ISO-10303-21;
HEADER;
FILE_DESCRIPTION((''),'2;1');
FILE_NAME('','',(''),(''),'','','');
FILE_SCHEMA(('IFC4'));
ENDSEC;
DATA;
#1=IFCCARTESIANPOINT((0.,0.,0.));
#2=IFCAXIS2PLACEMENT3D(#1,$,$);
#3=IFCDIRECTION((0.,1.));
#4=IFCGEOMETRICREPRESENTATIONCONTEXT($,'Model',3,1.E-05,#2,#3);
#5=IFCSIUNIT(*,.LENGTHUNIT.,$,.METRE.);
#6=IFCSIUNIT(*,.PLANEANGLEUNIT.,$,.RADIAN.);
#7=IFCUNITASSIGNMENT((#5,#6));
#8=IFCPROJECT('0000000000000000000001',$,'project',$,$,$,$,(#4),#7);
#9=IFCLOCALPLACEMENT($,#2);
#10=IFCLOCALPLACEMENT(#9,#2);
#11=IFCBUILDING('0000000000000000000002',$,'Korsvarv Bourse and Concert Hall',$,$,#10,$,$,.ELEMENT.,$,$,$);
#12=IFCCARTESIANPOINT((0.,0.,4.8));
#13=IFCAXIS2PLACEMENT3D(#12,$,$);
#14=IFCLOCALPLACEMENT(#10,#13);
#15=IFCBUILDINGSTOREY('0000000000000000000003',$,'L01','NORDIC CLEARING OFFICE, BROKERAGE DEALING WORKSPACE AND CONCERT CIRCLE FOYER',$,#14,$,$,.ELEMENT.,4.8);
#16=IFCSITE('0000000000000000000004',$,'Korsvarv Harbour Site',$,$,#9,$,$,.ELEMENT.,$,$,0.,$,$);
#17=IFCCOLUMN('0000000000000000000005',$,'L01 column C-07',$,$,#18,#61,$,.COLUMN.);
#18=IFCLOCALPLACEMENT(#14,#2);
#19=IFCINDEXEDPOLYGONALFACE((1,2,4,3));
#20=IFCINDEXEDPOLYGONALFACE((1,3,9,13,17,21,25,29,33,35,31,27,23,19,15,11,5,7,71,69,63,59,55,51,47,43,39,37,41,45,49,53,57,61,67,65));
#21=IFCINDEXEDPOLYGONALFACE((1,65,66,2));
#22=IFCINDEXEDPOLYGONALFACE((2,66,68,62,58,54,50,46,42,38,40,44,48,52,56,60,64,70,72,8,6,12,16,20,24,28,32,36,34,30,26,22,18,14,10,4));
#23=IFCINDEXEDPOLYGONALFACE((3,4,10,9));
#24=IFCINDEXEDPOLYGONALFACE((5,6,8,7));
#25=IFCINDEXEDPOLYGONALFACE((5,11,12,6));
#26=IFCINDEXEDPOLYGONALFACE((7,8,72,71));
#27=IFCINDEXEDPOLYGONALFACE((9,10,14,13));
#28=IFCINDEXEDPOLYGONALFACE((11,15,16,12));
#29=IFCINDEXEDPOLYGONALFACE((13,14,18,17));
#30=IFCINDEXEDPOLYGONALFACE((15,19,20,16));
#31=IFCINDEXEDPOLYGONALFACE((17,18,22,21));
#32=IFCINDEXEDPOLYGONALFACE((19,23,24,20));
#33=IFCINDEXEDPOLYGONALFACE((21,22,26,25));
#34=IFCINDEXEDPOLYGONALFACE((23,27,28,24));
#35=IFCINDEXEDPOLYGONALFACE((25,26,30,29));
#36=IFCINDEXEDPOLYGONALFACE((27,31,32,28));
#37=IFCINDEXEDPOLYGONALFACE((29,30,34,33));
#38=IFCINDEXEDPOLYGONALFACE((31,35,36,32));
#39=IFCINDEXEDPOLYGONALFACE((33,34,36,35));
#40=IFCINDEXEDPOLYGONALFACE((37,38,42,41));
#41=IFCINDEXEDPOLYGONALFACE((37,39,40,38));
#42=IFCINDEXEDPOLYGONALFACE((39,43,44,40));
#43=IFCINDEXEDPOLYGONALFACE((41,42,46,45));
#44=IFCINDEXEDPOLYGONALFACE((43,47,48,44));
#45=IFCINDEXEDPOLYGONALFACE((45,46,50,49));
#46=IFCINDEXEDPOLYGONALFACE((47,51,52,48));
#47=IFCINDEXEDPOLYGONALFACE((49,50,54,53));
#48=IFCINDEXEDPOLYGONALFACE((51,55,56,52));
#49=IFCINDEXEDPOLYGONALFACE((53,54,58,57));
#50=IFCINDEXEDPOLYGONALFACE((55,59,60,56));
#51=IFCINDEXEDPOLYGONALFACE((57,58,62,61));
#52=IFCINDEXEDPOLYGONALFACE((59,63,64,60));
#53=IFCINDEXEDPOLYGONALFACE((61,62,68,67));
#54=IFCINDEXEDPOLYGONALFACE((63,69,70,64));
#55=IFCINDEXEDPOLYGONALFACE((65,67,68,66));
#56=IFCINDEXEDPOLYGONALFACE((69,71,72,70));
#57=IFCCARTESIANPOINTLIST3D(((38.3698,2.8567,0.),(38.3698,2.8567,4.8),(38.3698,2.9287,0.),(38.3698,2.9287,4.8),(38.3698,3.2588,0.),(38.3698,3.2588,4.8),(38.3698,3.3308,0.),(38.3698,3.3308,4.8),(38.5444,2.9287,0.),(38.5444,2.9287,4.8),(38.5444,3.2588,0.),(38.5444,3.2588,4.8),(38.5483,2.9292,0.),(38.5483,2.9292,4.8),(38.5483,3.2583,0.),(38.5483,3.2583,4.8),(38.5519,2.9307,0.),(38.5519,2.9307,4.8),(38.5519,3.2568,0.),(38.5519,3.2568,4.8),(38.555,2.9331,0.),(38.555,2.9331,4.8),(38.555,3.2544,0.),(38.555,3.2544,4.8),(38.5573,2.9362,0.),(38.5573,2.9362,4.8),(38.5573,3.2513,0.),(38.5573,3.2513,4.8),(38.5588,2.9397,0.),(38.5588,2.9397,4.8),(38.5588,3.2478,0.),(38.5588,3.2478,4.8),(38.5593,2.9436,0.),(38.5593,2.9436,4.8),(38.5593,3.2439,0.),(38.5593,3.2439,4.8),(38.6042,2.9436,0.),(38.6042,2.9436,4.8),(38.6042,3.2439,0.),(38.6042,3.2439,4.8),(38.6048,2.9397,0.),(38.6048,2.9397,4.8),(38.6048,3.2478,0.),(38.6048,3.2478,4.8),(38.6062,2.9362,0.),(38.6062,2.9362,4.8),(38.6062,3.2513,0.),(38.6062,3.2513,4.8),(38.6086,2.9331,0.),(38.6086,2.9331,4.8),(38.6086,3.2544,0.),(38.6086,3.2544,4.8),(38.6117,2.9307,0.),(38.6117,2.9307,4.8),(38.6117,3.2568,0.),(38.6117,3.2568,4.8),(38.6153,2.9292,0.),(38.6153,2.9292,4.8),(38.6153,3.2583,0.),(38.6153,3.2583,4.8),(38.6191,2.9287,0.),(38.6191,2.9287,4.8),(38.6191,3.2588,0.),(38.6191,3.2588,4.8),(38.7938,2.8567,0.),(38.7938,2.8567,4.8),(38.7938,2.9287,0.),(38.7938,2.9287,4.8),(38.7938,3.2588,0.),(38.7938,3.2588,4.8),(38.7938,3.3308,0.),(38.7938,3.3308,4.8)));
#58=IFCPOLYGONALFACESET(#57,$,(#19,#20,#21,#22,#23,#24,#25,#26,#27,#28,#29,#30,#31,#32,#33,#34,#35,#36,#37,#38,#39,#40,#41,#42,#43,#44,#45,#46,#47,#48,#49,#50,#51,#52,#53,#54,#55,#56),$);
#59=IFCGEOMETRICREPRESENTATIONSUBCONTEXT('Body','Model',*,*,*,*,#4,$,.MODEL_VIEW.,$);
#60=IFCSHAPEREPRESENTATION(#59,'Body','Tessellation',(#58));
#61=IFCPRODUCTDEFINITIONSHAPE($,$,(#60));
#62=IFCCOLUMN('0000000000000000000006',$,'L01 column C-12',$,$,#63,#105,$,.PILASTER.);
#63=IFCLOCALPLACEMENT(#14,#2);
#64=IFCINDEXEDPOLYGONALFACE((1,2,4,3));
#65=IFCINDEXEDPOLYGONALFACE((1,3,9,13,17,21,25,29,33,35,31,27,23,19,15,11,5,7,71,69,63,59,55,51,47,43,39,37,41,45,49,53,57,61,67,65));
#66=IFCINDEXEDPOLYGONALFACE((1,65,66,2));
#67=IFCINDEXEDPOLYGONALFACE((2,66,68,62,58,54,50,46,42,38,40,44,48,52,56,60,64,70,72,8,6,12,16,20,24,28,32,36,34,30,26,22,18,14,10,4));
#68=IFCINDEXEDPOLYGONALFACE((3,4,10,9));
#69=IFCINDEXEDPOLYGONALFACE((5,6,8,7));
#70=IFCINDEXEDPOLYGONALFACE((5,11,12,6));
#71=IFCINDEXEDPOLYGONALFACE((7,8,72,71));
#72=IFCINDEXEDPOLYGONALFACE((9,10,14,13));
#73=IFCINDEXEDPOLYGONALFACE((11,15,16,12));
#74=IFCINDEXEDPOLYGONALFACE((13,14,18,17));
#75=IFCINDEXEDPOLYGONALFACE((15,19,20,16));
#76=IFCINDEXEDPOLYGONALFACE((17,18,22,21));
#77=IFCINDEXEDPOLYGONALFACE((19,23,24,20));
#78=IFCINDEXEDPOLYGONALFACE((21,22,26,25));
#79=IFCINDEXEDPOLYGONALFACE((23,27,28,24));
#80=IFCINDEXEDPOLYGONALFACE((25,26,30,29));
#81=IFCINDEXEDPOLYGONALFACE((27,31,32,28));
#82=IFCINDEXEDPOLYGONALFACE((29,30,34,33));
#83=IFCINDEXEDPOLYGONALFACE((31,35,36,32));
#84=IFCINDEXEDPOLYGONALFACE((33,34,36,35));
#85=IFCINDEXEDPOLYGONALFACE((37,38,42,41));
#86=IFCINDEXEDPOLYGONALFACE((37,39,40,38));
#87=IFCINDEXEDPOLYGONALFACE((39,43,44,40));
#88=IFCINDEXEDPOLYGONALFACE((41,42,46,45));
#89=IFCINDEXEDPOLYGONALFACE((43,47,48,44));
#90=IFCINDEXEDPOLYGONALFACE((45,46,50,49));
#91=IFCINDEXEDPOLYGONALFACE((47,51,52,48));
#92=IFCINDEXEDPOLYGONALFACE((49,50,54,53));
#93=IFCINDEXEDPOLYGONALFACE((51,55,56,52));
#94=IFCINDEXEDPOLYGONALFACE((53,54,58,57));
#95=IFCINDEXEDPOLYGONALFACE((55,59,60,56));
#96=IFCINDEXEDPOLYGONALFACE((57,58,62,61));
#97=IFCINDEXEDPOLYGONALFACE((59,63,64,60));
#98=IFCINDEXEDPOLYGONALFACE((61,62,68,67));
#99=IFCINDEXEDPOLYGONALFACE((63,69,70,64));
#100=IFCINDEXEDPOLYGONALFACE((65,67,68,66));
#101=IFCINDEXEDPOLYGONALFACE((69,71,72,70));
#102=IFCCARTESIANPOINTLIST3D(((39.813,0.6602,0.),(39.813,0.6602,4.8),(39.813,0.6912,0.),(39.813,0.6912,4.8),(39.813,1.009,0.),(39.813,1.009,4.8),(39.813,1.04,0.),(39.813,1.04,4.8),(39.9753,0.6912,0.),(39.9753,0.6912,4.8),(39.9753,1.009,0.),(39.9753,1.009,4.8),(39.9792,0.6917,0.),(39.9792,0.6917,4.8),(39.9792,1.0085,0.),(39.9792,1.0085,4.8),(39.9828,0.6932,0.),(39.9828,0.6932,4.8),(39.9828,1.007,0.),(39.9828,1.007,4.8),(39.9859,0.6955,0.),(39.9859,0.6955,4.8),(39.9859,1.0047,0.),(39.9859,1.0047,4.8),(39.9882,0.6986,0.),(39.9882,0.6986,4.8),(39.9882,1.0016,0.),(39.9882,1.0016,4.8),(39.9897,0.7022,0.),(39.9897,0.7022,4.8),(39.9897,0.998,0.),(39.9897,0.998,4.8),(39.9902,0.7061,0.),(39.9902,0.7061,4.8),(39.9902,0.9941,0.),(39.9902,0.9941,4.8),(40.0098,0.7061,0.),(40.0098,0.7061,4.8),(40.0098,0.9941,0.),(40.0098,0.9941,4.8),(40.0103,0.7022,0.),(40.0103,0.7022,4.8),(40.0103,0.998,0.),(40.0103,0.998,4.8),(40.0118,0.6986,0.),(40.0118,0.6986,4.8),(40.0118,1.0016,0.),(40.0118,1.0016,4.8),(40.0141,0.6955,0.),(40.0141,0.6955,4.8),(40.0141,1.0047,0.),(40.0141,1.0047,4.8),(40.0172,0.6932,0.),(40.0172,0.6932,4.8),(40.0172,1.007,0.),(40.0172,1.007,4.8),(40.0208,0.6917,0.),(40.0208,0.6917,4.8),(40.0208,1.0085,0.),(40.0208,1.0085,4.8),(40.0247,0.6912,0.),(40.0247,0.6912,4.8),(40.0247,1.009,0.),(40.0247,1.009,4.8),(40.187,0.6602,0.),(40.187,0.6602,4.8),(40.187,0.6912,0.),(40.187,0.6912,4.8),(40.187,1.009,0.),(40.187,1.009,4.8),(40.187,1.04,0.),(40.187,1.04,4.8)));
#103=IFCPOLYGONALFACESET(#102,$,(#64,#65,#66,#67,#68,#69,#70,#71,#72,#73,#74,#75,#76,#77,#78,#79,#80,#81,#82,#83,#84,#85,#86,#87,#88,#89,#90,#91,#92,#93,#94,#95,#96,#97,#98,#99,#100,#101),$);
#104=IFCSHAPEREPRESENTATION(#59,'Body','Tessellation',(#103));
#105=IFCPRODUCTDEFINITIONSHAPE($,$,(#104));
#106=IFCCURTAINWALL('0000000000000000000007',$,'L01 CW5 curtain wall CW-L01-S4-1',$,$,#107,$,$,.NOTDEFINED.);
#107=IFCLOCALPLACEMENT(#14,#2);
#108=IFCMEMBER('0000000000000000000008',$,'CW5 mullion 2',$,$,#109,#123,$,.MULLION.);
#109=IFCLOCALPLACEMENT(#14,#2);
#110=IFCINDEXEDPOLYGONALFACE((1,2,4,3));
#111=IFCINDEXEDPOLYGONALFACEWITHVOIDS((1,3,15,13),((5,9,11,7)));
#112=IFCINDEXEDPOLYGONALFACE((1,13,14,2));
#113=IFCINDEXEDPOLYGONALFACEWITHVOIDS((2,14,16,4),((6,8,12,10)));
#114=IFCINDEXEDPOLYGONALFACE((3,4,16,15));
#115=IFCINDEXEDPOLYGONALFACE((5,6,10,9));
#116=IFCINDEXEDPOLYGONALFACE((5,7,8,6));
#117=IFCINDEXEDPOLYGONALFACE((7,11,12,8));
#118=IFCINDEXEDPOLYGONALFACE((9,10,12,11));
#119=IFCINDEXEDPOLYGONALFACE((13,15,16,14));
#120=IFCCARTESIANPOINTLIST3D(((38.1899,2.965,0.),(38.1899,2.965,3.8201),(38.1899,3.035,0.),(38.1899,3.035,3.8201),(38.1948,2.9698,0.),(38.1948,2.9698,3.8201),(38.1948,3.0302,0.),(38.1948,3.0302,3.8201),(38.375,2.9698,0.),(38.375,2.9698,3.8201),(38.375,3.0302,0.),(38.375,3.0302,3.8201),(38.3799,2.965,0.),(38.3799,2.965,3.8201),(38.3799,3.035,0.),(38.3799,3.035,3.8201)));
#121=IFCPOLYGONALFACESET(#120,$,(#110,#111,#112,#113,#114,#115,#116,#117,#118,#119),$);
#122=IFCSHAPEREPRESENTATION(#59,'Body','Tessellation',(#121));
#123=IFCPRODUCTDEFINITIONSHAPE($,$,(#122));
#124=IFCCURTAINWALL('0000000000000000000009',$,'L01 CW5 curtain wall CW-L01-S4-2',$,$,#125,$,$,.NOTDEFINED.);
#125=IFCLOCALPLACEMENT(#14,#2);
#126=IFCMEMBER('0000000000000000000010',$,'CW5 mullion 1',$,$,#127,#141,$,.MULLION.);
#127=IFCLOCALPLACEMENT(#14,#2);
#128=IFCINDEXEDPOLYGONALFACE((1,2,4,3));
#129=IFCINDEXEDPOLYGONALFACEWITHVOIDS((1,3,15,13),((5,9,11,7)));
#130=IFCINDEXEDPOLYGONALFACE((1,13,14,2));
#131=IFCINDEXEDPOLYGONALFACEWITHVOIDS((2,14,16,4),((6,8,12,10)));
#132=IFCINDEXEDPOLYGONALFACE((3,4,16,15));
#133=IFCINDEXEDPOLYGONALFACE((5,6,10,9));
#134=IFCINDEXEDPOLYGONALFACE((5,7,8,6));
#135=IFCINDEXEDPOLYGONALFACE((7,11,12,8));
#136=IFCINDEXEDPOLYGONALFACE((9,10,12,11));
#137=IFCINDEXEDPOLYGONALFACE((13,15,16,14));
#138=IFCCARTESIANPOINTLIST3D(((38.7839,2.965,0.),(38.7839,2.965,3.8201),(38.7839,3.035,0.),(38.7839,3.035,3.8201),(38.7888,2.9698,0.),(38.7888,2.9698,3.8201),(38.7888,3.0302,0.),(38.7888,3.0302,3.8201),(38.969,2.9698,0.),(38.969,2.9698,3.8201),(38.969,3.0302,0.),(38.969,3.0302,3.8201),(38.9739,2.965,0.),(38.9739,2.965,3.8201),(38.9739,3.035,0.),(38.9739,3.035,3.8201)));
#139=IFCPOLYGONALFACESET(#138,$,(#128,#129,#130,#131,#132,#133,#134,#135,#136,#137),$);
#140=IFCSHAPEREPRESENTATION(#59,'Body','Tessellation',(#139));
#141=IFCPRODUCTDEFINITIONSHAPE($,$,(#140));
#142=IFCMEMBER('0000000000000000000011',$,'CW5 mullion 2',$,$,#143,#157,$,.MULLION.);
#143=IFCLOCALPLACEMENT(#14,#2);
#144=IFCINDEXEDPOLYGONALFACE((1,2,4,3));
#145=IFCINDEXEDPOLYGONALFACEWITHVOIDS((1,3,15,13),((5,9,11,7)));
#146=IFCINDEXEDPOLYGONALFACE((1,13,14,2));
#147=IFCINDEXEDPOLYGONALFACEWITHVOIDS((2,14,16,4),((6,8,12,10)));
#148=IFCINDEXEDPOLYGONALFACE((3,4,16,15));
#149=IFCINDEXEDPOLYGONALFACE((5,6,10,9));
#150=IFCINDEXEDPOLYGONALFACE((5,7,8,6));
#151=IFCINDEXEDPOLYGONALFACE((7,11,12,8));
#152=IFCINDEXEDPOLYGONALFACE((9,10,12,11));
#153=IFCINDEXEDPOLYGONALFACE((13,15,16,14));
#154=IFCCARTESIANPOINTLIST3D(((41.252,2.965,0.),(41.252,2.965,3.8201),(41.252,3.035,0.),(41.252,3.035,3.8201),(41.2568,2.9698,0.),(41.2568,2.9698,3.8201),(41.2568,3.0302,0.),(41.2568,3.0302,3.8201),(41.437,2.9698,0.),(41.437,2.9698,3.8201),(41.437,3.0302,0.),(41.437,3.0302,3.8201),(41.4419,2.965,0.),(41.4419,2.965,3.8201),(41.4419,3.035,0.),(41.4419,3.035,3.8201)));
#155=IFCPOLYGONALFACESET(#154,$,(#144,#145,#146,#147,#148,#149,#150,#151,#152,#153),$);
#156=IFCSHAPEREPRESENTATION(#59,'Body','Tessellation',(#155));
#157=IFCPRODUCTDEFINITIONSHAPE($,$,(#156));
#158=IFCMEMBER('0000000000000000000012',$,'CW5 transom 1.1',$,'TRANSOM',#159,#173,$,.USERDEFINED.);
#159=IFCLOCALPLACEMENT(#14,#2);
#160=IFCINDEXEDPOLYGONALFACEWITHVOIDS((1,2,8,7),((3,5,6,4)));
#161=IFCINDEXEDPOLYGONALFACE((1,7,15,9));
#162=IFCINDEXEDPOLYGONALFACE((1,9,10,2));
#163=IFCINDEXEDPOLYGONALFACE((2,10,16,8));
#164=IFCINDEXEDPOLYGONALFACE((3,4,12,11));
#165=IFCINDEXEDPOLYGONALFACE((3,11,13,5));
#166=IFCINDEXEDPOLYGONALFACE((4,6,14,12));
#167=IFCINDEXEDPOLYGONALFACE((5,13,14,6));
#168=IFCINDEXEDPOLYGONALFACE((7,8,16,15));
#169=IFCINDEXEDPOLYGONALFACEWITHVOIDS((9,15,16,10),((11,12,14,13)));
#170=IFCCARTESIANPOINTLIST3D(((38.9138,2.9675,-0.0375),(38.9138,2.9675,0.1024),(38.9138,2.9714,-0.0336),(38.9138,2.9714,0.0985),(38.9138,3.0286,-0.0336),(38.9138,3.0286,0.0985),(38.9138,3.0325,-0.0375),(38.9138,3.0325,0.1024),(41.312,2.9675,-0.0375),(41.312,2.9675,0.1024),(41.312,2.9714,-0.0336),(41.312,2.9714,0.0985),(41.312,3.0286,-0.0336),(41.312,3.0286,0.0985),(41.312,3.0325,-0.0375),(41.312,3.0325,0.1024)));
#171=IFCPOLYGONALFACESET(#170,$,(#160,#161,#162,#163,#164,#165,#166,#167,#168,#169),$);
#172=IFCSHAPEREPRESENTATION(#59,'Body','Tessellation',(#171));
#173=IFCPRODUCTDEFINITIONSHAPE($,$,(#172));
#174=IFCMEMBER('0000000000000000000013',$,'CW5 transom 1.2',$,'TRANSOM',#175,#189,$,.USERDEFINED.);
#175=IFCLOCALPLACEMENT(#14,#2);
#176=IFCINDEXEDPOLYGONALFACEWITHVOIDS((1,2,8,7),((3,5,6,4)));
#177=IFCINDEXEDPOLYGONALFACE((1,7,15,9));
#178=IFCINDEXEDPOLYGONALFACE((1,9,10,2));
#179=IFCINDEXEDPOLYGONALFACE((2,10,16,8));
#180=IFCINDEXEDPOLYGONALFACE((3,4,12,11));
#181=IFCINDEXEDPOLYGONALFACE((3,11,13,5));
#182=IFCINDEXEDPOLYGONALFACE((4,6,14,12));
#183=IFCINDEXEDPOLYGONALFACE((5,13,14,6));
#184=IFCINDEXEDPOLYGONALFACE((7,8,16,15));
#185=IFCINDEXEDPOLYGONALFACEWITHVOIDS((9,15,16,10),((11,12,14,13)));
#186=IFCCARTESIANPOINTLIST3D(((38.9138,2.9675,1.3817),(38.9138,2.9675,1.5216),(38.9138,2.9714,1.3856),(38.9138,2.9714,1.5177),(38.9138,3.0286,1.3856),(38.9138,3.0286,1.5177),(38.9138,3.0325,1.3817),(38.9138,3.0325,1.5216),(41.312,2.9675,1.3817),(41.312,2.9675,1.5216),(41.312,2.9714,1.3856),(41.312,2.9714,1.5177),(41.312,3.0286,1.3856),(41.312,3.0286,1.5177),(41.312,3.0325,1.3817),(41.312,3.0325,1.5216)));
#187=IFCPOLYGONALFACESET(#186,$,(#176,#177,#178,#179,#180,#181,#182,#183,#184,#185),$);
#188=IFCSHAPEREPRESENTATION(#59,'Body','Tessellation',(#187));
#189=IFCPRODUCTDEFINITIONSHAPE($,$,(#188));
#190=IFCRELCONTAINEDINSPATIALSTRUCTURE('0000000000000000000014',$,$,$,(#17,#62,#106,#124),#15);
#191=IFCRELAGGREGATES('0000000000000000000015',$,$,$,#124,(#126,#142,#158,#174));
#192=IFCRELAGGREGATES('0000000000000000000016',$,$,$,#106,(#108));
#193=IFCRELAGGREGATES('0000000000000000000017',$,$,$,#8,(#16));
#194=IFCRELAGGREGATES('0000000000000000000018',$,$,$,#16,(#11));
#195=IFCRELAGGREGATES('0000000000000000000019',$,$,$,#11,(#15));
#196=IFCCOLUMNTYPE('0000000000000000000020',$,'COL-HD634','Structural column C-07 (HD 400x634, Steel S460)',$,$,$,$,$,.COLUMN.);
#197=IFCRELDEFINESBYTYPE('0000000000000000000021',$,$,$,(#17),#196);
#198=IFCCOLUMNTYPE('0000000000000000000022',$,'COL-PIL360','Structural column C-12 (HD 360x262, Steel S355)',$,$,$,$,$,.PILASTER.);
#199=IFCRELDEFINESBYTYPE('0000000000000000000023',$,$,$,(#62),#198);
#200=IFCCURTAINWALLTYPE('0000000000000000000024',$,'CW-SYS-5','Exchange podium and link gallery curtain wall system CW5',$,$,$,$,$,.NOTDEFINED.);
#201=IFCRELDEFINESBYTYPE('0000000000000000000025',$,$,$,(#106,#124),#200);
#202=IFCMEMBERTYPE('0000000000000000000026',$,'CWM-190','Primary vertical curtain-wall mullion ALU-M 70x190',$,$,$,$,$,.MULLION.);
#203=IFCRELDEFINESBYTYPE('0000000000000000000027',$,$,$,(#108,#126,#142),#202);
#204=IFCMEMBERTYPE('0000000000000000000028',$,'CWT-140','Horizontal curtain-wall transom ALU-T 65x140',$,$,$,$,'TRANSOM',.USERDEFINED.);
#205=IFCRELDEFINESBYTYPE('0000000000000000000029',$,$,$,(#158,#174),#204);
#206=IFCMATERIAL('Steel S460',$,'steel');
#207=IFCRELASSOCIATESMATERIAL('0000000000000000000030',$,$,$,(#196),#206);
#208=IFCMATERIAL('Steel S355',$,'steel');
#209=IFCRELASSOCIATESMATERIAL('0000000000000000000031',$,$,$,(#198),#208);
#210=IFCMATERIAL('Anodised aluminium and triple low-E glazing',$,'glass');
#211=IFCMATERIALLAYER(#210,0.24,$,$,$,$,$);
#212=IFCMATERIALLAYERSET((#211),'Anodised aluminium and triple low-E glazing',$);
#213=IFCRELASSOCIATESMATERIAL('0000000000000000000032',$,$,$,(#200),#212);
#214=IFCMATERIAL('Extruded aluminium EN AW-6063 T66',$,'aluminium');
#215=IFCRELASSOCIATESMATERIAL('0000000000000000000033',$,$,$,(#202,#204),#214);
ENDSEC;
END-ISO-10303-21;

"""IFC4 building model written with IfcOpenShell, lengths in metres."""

from ifc_helpers import new_model, si_unit, direction, frame, origin, origin_2d, place, context, subcontext, project, spatial, hollow_rectangle, i_section, extrude, source, transform, mapped, material, layer, layer_set, material_profile, profile_set, type_object, element, aggregate, save


model = new_model("IFC4")

# Units and contexts
model_context = context("Model", 3, precision=1e-05, world=origin(), true_north=direction((0.0, 1.0)))
body_context = subcontext(model_context, "Body", "Model", "MODEL_VIEW")
ifc_project = project(units=[si_unit("LENGTHUNIT", "METRE"), si_unit("PLANEANGLEUNIT", "RADIAN")], contexts=[model_context])

# Site, building, storey
site_placement = place(None, origin())
site = spatial("IfcSite", under=ifc_project, at=site_placement, Name="Korsvarv Harbour Site", CompositionType="ELEMENT", RefElevation=0.0)
building_placement = place(site_placement, origin())
building = spatial("IfcBuilding", under=site, at=building_placement, Name="Korsvarv Bourse and Concert Hall", CompositionType="ELEMENT")
storey_placement = place(building_placement, frame((0.0, 0.0, 4.8)))
storey = spatial("IfcBuildingStorey", under=building, at=storey_placement, Name="L01", Description="NORDIC CLEARING OFFICE, BROKERAGE DEALING WORKSPACE AND CONCERT CIRCLE FOYER", CompositionType="ELEMENT", Elevation=4.8)

# Columns
ifc_material_1 = material(Name="Steel S460", Category="steel")
ifc_material_profile_1 = material_profile(ifc_material_1, i_section(OverallWidth=0.4241, OverallDepth=0.4741, WebThickness=0.0449, FlangeThickness=0.072, FilletRadius=0.0149, at=origin_2d()), Name="HD 400x634")
ifc_profile_set_1 = profile_set([ifc_material_profile_1], Name="Steel S460")
column_type_1 = type_object("IfcColumnType", Name="COL-HD634", Description="Structural column C-07 (HD 400x634, Steel S460)", PredefinedType="COLUMN", material=ifc_profile_set_1)
shared_shape_1 = source(origin(), body_context, "Body", "SweptSolid", [
    extrude(i_section(OverallWidth=0.4241, OverallDepth=0.4741, WebThickness=0.0449, FlangeThickness=0.072, FilletRadius=0.0149, at=origin_2d()), origin(), (0.0, 0.0, 1.0), 4.8),
])
column_1_placement = place(storey_placement, frame((38.5818, 3.0938, 0.0), z_axis=(0.0, 0.0, 1.0), x_axis=(1.0, 0.0, 0.0)))
element("IfcColumn", 1, at=column_1_placement, inside=storey, type_object=column_type_1, Name="L01 column C-07", PredefinedType="COLUMN", context=body_context, shape_type="MappedRepresentation", body=[
    mapped(shared_shape_1, transform((0.0, 0.0, 0.0), scale=1.0)),
])
ifc_material_2 = material(Name="Steel S355", Category="steel")
ifc_material_profile_2 = material_profile(ifc_material_2, i_section(OverallWidth=0.374, OverallDepth=0.3799, WebThickness=0.0195, FlangeThickness=0.031, FilletRadius=0.0149, at=origin_2d()), Name="HD 360x262")
ifc_profile_set_2 = profile_set([ifc_material_profile_2], Name="Steel S355")
column_type_2 = type_object("IfcColumnType", Name="COL-PIL360", Description="Structural column C-12 (HD 360x262, Steel S355)", PredefinedType="PILASTER", material=ifc_profile_set_2)
shared_shape_2 = source(origin(), body_context, "Body", "SweptSolid", [
    extrude(i_section(OverallWidth=0.374, OverallDepth=0.3799, WebThickness=0.0195, FlangeThickness=0.031, FilletRadius=0.0149, at=origin_2d()), origin(), (0.0, 0.0, 1.0), 4.8),
])
column_2_placement = place(storey_placement, frame((40.0, 0.8501, 0.0), z_axis=(0.0, 0.0, 1.0), x_axis=(1.0, 0.0, 0.0)))
element("IfcColumn", 2, at=column_2_placement, inside=storey, type_object=column_type_2, Name="L01 column C-12", PredefinedType="PILASTER", context=body_context, shape_type="MappedRepresentation", body=[
    mapped(shared_shape_2, transform((0.0, 0.0, 0.0), scale=1.0)),
])

# Curtain wall, member
ifc_material_3 = material(Name="Anodised aluminium and triple low-E glazing", Category="glass")
ifc_layer_1 = layer(ifc_material_3, 0.24)
ifc_layer_set_1 = layer_set([ifc_layer_1], Name="Anodised aluminium and triple low-E glazing")
curtain_wall_type = type_object("IfcCurtainWallType", Name="CW-SYS-5", Description="Exchange podium and link gallery curtain wall system CW5", PredefinedType="NOTDEFINED", material=ifc_layer_set_1)
curtain_wall_1_placement = place(storey_placement, origin())
curtain_wall_1 = element("IfcCurtainWall", 3, at=curtain_wall_1_placement, inside=storey, type_object=curtain_wall_type, Name="L01 CW5 curtain wall CW-L01-S4-1", PredefinedType="NOTDEFINED")
ifc_material_4 = material(Name="Extruded aluminium EN AW-6063 T66", Category="aluminium")
ifc_material_profile_3 = material_profile(ifc_material_4, hollow_rectangle(XDim=0.0701, YDim=0.1899, WallThickness=0.0049, at=origin_2d()), Name="ALU-M 70x190")
ifc_profile_set_3 = profile_set([ifc_material_profile_3], Name="Extruded aluminium EN AW-6063 T66")
member_type_1 = type_object("IfcMemberType", Name="CWM-190", Description="Primary vertical curtain-wall mullion ALU-M 70x190", PredefinedType="MULLION", material=ifc_profile_set_3)
shared_shape_3 = source(origin(), body_context, "Body", "SweptSolid", [
    extrude(hollow_rectangle(XDim=0.0701, YDim=0.1899, WallThickness=0.0049, at=origin_2d()), origin(), (0.0, 0.0, 1.0), 3.8201),
])
member_1_placement = place(storey_placement, frame((38.2849, 3.0, 0.0), z_axis=(0.0, 0.0, 1.0), x_axis=(0.0, 1.0, 0.0)))
member_1 = element("IfcMember", 4, at=member_1_placement, type_object=member_type_1, Name="CW5 mullion 2", PredefinedType="MULLION", context=body_context, shape_type="MappedRepresentation", body=[
    mapped(shared_shape_3, transform((0.0, 0.0, 0.0), scale=1.0)),
])

# Curtain wall, members
curtain_wall_2_placement = place(storey_placement, origin())
curtain_wall_2 = element("IfcCurtainWall", 5, at=curtain_wall_2_placement, inside=storey, type_object=curtain_wall_type, Name="L01 CW5 curtain wall CW-L01-S4-2", PredefinedType="NOTDEFINED")
member_2_placement = place(storey_placement, frame((38.8789, 3.0, 0.0), z_axis=(0.0, 0.0, 1.0), x_axis=(0.0, 1.0, 0.0)))
member_2 = element("IfcMember", 6, at=member_2_placement, type_object=member_type_1, Name="CW5 mullion 1", PredefinedType="MULLION", context=body_context, shape_type="MappedRepresentation", body=[
    mapped(shared_shape_3, transform((0.0, 0.0, 0.0), scale=1.0)),
])
member_3_placement = place(storey_placement, frame((41.3469, 3.0, 0.0), z_axis=(0.0, 0.0, 1.0), x_axis=(0.0, 1.0, 0.0)))
member_3 = element("IfcMember", 7, at=member_3_placement, type_object=member_type_1, Name="CW5 mullion 2", PredefinedType="MULLION", context=body_context, shape_type="MappedRepresentation", body=[
    mapped(shared_shape_3, transform((0.0, 0.0, 0.0), scale=1.0)),
])
ifc_material_profile_4 = material_profile(ifc_material_4, hollow_rectangle(XDim=0.0649, YDim=0.1399, WallThickness=0.0039, at=origin_2d()), Name="ALU-T 65x140")
ifc_profile_set_4 = profile_set([ifc_material_profile_4], Name="Extruded aluminium EN AW-6063 T66")
member_type_2 = type_object("IfcMemberType", Name="CWT-140", Description="Horizontal curtain-wall transom ALU-T 65x140", ElementType="TRANSOM", PredefinedType="USERDEFINED", material=ifc_profile_set_4)
shared_shape_4 = source(origin(), body_context, "Body", "SweptSolid", [
    extrude(hollow_rectangle(XDim=0.0649, YDim=0.1399, WallThickness=0.0039, at=origin_2d()), origin(), (0.0, 0.0, 1.0), 2.3982),
])
member_4_placement = place(storey_placement, frame((38.9138, 3.0, 0.0325), z_axis=(1.0, 0.0, 0.0), x_axis=(0.0, 1.0, 0.0)))
member_4 = element("IfcMember", 8, at=member_4_placement, type_object=member_type_2, Name="CW5 transom 1.1", ObjectType="TRANSOM", PredefinedType="USERDEFINED", context=body_context, shape_type="MappedRepresentation", body=[
    mapped(shared_shape_4, transform((0.0, 0.0, 0.0), scale=1.0)),
])
member_5_placement = place(storey_placement, frame((38.9138, 3.0, 1.4517), z_axis=(1.0, 0.0, 0.0), x_axis=(0.0, 1.0, 0.0)))
member_5 = element("IfcMember", 9, at=member_5_placement, type_object=member_type_2, Name="CW5 transom 1.2", ObjectType="TRANSOM", PredefinedType="USERDEFINED", context=body_context, shape_type="MappedRepresentation", body=[
    mapped(shared_shape_4, transform((0.0, 0.0, 0.0), scale=1.0)),
])

aggregate(curtain_wall_2, [member_2, member_3, member_4, member_5])
aggregate(curtain_wall_1, [member_1])

save(model, "model.ifc")
